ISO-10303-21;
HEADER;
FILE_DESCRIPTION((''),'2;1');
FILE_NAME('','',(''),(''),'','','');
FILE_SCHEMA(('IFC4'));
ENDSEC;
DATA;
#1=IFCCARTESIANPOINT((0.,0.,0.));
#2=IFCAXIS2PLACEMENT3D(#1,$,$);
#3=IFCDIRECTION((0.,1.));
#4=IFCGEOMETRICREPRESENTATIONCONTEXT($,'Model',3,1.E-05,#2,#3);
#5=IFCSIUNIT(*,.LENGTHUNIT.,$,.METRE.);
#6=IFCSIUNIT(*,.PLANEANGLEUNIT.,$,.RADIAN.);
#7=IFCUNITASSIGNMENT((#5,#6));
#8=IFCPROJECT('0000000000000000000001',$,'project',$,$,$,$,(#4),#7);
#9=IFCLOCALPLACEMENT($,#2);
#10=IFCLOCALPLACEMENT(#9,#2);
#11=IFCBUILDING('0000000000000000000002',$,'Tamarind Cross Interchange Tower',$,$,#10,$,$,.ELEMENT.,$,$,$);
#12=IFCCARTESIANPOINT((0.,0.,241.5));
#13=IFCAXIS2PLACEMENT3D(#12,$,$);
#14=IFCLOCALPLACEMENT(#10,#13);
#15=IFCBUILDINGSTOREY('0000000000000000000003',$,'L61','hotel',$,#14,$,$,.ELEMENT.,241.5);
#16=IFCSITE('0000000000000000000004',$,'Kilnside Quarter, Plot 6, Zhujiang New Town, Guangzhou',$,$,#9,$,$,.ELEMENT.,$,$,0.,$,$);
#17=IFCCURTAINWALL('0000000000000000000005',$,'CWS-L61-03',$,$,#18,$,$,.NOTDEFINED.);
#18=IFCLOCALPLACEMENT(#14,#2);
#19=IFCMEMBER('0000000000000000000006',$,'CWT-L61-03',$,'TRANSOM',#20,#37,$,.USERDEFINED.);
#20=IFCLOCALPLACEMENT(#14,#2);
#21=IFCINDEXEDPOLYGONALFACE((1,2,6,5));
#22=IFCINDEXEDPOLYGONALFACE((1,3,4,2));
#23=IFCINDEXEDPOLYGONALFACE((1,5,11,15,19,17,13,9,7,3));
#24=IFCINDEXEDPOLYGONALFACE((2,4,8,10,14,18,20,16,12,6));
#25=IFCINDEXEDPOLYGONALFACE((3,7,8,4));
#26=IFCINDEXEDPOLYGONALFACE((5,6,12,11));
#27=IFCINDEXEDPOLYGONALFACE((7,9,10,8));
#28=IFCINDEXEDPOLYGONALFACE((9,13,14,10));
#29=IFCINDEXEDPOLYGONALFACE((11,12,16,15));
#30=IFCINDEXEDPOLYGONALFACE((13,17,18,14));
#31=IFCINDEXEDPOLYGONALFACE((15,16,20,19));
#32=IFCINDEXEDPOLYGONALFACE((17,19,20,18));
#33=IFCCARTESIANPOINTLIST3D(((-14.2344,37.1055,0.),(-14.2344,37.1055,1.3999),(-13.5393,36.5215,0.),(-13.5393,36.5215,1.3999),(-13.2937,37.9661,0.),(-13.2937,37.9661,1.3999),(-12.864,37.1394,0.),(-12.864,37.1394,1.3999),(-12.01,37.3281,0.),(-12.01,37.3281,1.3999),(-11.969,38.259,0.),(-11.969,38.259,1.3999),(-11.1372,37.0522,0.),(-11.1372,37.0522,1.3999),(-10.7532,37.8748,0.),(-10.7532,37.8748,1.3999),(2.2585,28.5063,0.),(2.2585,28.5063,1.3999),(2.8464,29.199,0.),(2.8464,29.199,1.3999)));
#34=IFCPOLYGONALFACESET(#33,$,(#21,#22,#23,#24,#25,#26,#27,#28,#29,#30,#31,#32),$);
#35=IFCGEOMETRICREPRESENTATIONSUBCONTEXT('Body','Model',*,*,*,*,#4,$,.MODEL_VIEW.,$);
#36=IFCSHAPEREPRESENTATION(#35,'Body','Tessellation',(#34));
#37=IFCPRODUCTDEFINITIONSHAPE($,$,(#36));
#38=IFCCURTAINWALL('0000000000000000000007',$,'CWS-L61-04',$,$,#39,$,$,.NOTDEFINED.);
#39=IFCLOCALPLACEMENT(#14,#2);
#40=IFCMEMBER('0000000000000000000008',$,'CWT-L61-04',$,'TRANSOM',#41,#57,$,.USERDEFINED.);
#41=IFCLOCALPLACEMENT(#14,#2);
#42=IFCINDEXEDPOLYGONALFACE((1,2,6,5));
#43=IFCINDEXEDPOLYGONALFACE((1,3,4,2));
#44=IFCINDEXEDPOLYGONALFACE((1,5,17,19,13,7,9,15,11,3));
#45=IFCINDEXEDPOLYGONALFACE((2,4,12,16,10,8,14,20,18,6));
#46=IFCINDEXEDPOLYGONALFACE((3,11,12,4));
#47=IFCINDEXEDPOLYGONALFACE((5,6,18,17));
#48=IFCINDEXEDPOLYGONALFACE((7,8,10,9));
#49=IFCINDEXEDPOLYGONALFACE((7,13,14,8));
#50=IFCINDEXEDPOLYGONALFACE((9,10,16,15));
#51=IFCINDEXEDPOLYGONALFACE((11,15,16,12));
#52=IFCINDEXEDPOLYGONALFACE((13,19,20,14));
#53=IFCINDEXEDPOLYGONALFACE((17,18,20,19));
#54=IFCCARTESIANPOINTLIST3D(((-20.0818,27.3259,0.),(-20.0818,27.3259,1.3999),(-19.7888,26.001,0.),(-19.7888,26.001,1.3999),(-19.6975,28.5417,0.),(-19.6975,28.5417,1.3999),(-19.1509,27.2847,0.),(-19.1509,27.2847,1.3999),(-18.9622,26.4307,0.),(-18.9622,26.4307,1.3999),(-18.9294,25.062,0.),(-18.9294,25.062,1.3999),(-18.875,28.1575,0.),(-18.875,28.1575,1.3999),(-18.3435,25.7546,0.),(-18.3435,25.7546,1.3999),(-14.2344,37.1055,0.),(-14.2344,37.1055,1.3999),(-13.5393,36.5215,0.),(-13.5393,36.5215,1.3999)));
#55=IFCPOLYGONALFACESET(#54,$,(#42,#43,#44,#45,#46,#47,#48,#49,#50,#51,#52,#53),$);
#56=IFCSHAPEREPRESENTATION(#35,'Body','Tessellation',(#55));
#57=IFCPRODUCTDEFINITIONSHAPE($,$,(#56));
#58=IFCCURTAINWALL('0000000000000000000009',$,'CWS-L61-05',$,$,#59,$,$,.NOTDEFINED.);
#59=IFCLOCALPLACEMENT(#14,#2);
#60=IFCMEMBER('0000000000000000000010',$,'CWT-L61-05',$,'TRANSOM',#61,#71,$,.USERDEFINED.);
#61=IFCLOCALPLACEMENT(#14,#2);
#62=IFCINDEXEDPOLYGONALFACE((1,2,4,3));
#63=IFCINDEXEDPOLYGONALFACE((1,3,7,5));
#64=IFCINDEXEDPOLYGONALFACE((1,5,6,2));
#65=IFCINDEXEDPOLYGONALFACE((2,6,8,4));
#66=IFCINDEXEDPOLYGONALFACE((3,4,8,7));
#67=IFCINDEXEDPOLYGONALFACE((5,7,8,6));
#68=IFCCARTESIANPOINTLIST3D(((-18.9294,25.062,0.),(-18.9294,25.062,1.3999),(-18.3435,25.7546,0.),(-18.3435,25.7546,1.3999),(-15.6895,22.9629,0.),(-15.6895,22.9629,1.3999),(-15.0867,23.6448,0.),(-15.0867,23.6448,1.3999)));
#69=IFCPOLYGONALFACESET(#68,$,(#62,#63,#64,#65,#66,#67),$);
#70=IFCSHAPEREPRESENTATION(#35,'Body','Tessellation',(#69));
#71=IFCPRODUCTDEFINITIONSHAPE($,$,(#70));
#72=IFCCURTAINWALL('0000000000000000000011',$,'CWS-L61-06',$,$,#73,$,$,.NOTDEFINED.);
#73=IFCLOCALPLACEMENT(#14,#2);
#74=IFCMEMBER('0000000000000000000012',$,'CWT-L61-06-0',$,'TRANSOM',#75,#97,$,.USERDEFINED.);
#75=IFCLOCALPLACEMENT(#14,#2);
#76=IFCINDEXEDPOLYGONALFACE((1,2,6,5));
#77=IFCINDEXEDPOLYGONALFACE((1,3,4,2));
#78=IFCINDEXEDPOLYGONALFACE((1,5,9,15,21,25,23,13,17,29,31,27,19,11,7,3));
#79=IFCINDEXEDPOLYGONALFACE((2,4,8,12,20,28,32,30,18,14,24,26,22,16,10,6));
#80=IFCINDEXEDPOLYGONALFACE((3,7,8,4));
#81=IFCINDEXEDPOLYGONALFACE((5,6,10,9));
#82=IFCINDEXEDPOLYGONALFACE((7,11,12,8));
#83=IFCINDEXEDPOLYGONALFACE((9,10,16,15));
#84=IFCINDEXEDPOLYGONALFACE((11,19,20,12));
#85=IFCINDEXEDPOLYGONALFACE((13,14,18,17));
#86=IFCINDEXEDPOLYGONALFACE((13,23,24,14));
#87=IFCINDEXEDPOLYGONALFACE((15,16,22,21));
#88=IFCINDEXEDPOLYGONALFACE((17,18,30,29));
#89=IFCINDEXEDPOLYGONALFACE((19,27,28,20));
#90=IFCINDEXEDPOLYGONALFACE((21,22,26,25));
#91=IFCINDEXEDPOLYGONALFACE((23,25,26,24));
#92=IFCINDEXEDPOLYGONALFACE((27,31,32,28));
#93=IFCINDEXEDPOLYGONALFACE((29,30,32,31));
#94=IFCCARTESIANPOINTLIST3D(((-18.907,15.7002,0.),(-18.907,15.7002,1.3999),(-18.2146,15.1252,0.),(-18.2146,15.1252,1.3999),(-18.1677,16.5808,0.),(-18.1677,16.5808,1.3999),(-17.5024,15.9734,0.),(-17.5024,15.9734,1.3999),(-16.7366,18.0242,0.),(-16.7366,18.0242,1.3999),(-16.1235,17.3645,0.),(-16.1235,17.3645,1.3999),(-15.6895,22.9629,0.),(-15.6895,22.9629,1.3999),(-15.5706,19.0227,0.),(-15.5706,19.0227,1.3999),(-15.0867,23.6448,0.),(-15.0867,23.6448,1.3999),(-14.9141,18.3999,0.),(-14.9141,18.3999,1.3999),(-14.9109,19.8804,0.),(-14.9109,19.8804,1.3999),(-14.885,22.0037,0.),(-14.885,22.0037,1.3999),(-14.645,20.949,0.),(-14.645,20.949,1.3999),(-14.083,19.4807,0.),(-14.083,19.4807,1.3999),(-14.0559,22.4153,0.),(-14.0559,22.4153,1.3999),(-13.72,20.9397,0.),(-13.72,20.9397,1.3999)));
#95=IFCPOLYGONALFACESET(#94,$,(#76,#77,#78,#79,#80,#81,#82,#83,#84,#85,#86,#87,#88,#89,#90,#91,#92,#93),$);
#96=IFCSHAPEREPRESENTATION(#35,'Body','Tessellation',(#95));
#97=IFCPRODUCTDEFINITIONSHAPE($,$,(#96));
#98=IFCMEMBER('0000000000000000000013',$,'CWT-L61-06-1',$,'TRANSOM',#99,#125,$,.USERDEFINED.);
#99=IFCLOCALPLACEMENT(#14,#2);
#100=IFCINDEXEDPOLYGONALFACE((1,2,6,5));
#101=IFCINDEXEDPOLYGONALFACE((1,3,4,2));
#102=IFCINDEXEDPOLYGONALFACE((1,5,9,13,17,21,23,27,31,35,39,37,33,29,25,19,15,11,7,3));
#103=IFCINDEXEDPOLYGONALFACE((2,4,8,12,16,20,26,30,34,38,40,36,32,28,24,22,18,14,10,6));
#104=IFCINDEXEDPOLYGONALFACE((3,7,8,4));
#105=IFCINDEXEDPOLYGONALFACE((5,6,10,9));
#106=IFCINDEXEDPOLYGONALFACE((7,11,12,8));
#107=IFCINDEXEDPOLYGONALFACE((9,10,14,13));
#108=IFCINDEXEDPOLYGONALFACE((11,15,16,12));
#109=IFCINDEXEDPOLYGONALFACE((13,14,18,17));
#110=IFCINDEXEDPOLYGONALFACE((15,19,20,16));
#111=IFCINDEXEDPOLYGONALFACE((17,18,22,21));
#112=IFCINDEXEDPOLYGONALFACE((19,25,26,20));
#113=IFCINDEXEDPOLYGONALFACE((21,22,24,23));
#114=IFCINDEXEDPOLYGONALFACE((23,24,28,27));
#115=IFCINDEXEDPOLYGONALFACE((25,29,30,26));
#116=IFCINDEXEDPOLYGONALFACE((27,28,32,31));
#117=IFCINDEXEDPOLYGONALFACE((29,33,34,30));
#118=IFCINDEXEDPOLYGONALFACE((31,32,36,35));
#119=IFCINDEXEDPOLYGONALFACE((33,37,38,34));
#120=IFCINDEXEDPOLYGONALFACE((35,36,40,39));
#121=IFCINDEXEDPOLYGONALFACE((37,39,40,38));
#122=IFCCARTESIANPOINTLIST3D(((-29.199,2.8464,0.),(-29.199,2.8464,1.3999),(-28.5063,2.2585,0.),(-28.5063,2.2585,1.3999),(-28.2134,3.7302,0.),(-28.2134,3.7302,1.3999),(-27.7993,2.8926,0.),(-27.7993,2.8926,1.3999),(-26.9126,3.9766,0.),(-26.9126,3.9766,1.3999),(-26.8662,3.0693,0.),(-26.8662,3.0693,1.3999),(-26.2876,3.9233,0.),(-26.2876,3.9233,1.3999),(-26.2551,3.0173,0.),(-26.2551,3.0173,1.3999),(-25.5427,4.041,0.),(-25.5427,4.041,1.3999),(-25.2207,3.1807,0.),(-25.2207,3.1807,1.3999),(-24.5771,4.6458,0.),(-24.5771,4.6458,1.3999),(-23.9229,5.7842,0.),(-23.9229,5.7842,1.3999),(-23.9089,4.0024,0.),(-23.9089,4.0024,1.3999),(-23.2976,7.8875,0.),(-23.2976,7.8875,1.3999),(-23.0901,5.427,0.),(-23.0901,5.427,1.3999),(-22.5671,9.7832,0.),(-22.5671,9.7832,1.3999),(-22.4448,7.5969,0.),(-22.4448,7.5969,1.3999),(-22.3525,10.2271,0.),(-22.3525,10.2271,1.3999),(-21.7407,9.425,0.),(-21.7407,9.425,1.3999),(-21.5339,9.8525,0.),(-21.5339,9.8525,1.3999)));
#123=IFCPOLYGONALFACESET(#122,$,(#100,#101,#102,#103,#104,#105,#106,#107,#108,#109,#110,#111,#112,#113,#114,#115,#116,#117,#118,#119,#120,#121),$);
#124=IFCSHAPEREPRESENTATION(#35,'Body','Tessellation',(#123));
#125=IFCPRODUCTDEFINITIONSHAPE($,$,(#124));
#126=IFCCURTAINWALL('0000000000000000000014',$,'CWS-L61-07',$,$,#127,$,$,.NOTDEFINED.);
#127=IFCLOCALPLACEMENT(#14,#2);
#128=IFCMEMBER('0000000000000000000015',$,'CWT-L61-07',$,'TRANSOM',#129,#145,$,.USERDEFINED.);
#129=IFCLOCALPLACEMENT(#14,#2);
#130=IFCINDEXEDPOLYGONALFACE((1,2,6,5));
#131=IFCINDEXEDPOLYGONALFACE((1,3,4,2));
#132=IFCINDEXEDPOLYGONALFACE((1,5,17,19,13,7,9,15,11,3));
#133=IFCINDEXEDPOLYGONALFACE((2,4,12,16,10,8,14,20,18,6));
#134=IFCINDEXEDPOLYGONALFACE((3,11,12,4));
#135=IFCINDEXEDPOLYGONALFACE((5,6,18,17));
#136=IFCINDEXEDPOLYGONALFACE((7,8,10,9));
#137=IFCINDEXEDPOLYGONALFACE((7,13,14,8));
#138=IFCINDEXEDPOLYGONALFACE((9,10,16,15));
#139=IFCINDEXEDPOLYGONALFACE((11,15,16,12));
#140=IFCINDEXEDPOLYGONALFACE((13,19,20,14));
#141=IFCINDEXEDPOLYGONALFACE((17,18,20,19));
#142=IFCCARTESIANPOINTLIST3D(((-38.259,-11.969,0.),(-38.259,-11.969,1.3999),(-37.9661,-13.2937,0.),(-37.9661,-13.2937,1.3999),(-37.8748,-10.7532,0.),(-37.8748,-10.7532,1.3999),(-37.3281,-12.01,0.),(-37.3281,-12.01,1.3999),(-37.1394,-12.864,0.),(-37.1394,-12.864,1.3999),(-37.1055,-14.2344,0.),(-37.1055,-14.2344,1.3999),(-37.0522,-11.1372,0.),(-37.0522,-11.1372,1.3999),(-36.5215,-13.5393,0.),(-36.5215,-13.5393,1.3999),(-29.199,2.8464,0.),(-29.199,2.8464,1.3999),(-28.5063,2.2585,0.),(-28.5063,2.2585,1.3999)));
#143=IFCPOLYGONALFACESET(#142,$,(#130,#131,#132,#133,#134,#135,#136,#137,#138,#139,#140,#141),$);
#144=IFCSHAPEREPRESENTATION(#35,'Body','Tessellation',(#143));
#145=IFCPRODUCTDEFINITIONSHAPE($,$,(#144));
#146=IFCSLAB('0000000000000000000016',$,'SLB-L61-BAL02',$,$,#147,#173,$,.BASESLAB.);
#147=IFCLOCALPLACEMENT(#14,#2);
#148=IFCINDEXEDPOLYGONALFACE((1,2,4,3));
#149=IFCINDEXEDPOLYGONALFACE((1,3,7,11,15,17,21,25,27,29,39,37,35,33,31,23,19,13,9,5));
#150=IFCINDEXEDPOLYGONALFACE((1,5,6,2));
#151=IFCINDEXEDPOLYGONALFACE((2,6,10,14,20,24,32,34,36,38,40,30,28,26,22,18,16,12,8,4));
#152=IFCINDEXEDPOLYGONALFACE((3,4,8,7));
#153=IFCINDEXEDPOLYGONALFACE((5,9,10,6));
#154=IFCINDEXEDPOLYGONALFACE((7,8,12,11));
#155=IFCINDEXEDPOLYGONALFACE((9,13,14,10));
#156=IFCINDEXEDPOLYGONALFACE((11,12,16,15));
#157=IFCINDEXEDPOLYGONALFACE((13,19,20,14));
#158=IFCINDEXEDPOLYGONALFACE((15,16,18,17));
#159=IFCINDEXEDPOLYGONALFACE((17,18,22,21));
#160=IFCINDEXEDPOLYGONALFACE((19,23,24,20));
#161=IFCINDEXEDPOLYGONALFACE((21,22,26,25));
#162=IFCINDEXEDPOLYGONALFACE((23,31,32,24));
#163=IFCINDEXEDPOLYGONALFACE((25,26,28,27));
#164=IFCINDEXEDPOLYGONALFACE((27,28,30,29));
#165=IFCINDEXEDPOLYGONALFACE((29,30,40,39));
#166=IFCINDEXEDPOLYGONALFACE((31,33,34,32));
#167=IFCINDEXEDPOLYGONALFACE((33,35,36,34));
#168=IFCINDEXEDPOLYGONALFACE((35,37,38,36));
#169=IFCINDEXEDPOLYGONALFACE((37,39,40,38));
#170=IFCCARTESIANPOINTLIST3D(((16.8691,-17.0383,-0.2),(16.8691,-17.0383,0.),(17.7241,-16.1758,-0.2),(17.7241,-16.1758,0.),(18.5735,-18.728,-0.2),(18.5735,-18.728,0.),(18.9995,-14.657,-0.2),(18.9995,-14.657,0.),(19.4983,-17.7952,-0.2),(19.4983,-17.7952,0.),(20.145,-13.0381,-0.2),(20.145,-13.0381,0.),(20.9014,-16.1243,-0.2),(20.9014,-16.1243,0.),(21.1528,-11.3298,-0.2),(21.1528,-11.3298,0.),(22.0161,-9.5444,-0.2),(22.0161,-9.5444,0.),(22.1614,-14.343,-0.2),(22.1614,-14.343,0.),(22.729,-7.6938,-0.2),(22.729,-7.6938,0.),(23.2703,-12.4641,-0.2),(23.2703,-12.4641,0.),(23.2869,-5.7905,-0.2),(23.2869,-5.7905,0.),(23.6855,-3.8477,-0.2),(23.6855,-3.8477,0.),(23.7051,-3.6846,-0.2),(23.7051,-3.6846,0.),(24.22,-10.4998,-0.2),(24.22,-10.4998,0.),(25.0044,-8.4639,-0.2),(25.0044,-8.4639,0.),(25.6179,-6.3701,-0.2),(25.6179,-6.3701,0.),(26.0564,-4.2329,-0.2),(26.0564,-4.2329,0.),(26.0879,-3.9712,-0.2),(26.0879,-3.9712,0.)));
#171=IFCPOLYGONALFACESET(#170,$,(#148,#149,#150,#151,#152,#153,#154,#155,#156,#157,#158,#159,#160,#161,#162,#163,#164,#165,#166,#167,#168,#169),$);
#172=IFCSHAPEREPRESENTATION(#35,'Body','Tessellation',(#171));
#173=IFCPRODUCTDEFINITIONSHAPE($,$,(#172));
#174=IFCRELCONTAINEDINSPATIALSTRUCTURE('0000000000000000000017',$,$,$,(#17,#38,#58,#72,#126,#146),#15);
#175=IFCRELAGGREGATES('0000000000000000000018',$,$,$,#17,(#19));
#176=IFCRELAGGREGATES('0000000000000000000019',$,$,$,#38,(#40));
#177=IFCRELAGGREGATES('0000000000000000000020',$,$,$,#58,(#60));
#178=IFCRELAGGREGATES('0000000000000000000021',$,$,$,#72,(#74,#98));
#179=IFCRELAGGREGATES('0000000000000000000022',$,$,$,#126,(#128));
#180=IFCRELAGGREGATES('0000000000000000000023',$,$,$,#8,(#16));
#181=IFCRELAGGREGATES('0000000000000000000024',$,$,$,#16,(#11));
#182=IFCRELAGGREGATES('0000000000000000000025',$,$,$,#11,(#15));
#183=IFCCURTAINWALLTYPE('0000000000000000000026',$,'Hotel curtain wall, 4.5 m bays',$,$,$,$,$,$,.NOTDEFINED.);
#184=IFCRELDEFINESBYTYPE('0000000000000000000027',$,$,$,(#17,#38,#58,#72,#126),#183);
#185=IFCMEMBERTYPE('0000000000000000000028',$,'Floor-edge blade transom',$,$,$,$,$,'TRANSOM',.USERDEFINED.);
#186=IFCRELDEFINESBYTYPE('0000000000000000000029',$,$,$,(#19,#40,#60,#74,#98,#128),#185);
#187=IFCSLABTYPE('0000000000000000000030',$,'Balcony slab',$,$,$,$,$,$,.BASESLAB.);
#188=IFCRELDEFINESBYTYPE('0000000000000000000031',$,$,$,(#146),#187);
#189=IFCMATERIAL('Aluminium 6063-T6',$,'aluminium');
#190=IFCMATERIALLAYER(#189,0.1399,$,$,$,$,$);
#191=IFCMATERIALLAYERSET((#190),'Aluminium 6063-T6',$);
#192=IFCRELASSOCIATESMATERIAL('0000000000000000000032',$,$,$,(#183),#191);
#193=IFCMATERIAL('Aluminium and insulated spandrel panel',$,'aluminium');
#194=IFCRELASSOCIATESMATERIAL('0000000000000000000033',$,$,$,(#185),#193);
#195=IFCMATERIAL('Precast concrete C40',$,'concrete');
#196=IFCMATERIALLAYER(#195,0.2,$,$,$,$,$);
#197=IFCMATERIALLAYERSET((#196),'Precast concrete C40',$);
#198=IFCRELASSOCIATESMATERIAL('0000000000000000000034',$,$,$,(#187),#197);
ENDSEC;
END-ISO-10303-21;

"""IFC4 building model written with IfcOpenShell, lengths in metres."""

from ifc_helpers import new_model, si_unit, direction, frame, origin, place, context, subcontext, project, spatial, polyline, outline, extrude, material, layer, layer_set, type_object, element, aggregate, save


model = new_model("IFC4")

# Units and contexts
model_context = context("Model", 3, precision=1e-05, world=origin(), true_north=direction((0.0, 1.0)))
body_context = subcontext(model_context, "Body", "Model", "MODEL_VIEW")
ifc_project = project(units=[si_unit("LENGTHUNIT", "METRE"), si_unit("PLANEANGLEUNIT", "RADIAN")], contexts=[model_context])

# Site, building, storey
site_placement = place(None, origin())
site = spatial("IfcSite", under=ifc_project, at=site_placement, Name="Kilnside Quarter, Plot 6, Zhujiang New Town, Guangzhou", CompositionType="ELEMENT", RefElevation=0.0)
building_placement = place(site_placement, origin())
building = spatial("IfcBuilding", under=site, at=building_placement, Name="Tamarind Cross Interchange Tower", CompositionType="ELEMENT")
storey_placement = place(building_placement, frame((0.0, 0.0, 241.5)))
storey = spatial("IfcBuildingStorey", under=building, at=storey_placement, Name="L61", Description="hotel", CompositionType="ELEMENT", Elevation=241.5)

# Curtain walls, members
ifc_material_1 = material(Name="Aluminium 6063-T6", Category="aluminium")
ifc_layer_1 = layer(ifc_material_1, 0.1399)
ifc_layer_set_1 = layer_set([ifc_layer_1], Name="Aluminium 6063-T6")
curtain_wall_type = type_object("IfcCurtainWallType", Name="Hotel curtain wall, 4.5 m bays", PredefinedType="NOTDEFINED", material=ifc_layer_set_1)
curtain_wall_1_placement = place(storey_placement, origin())
curtain_wall_1 = element("IfcCurtainWall", 1, at=curtain_wall_1_placement, inside=storey, type_object=curtain_wall_type, Name="CWS-L61-03", PredefinedType="NOTDEFINED")
ifc_material_2 = material(Name="Aluminium and insulated spandrel panel", Category="aluminium")
member_type = type_object("IfcMemberType", Name="Floor-edge blade transom", ElementType="TRANSOM", PredefinedType="USERDEFINED", material=ifc_material_2)
member_1_placement = place(storey_placement, origin())
member_1 = element("IfcMember", 2, at=member_1_placement, type_object=member_type, Name="CWT-L61-03", ObjectType="TRANSOM", PredefinedType="USERDEFINED", context=body_context, shape_type="SweptSolid", body=[
    extrude(outline(polyline([(2.2585, 28.5063), (-11.1372, 37.0522), (-12.01, 37.3281), (-12.864, 37.1394), (-13.5393, 36.5215), (-14.2344, 37.1055), (-13.2937, 37.9661), (-11.969, 38.259), (-10.7532, 37.8748), (2.8464, 29.199), (2.2585, 28.5063)])), origin(), (0.0, 0.0, 1.0), 1.3999),
])
aggregate(curtain_wall_1, [member_1])
curtain_wall_2_placement = place(storey_placement, origin())
curtain_wall_2 = element("IfcCurtainWall", 3, at=curtain_wall_2_placement, inside=storey, type_object=curtain_wall_type, Name="CWS-L61-04", PredefinedType="NOTDEFINED")
member_2_placement = place(storey_placement, origin())
member_2 = element("IfcMember", 4, at=member_2_placement, type_object=member_type, Name="CWT-L61-04", ObjectType="TRANSOM", PredefinedType="USERDEFINED", context=body_context, shape_type="SweptSolid", body=[
    extrude(outline(polyline([(-13.5393, 36.5215), (-18.875, 28.1575), (-19.1509, 27.2847), (-18.9622, 26.4307), (-18.3435, 25.7546), (-18.9294, 25.062), (-19.7888, 26.001), (-20.0818, 27.3259), (-19.6975, 28.5417), (-14.2344, 37.1055), (-13.5393, 36.5215)])), origin(), (0.0, 0.0, 1.0), 1.3999),
])
aggregate(curtain_wall_2, [member_2])
curtain_wall_3_placement = place(storey_placement, origin())
curtain_wall_3 = element("IfcCurtainWall", 5, at=curtain_wall_3_placement, inside=storey, type_object=curtain_wall_type, Name="CWS-L61-05", PredefinedType="NOTDEFINED")
member_3_placement = place(storey_placement, origin())
member_3 = element("IfcMember", 6, at=member_3_placement, type_object=member_type, Name="CWT-L61-05", ObjectType="TRANSOM", PredefinedType="USERDEFINED", context=body_context, shape_type="SweptSolid", body=[
    extrude(outline(polyline([(-18.3435, 25.7546), (-15.0867, 23.6448), (-15.6895, 22.9629), (-18.9294, 25.062), (-18.3435, 25.7546)])), origin(), (0.0, 0.0, 1.0), 1.3999),
])
aggregate(curtain_wall_3, [member_3])

# Curtain wall, members
curtain_wall_4_placement = place(storey_placement, origin())
curtain_wall_4 = element("IfcCurtainWall", 7, at=curtain_wall_4_placement, inside=storey, type_object=curtain_wall_type, Name="CWS-L61-06", PredefinedType="NOTDEFINED")
member_4_placement = place(storey_placement, origin())
member_4 = element("IfcMember", 8, at=member_4_placement, type_object=member_type, Name="CWT-L61-06-0", ObjectType="TRANSOM", PredefinedType="USERDEFINED", context=body_context, shape_type="SweptSolid", body=[
    extrude(outline(polyline([(-15.0867, 23.6448), (-14.0559, 22.4153), (-13.72, 20.9397), (-14.083, 19.4807), (-14.9141, 18.3999), (-16.1235, 17.3645), (-17.5024, 15.9734), (-18.2146, 15.1252), (-18.907, 15.7002), (-18.1677, 16.5808), (-16.7366, 18.0242), (-15.5706, 19.0227), (-14.9109, 19.8804), (-14.645, 20.949), (-14.885, 22.0037), (-15.6895, 22.9629), (-15.0867, 23.6448)])), origin(), (0.0, 0.0, 1.0), 1.3999),
])
member_5_placement = place(storey_placement, origin())
member_5 = element("IfcMember", 9, at=member_5_placement, type_object=member_type, Name="CWT-L61-06-1", ObjectType="TRANSOM", PredefinedType="USERDEFINED", context=body_context, shape_type="SweptSolid", body=[
    extrude(outline(polyline([(-21.5339, 9.8525), (-21.7407, 9.425), (-22.4448, 7.5969), (-23.0901, 5.427), (-23.9089, 4.0024), (-25.2207, 3.1807), (-26.2551, 3.0173), (-26.8662, 3.0693), (-27.7993, 2.8926), (-28.5063, 2.2585), (-29.199, 2.8464), (-28.2134, 3.7302), (-26.9126, 3.9766), (-26.2876, 3.9233), (-25.5427, 4.041), (-24.5771, 4.6458), (-23.9229, 5.7842), (-23.2976, 7.8875), (-22.5671, 9.7832), (-22.3525, 10.2271), (-21.5339, 9.8525)])), origin(), (0.0, 0.0, 1.0), 1.3999),
])
aggregate(curtain_wall_4, [member_4, member_5])

# Curtain wall, member
curtain_wall_5_placement = place(storey_placement, origin())
curtain_wall_5 = element("IfcCurtainWall", 10, at=curtain_wall_5_placement, inside=storey, type_object=curtain_wall_type, Name="CWS-L61-07", PredefinedType="NOTDEFINED")
member_6_placement = place(storey_placement, origin())
member_6 = element("IfcMember", 11, at=member_6_placement, type_object=member_type, Name="CWT-L61-07", ObjectType="TRANSOM", PredefinedType="USERDEFINED", context=body_context, shape_type="SweptSolid", body=[
    extrude(outline(polyline([(-28.5063, 2.2585), (-37.0522, -11.1372), (-37.3281, -12.01), (-37.1394, -12.864), (-36.5215, -13.5393), (-37.1055, -14.2344), (-37.9661, -13.2937), (-38.259, -11.969), (-37.8748, -10.7532), (-29.199, 2.8464), (-28.5063, 2.2585)])), origin(), (0.0, 0.0, 1.0), 1.3999),
])
aggregate(curtain_wall_5, [member_6])

# Slab
ifc_material_3 = material(Name="Precast concrete C40", Category="concrete")
ifc_layer_2 = layer(ifc_material_3, 0.2)
ifc_layer_set_2 = layer_set([ifc_layer_2], Name="Precast concrete C40")
slab_type = type_object("IfcSlabType", Name="Balcony slab", PredefinedType="BASESLAB", material=ifc_layer_set_2)
slab_1_placement = place(storey_placement, frame((0.0, 0.0, -0.2)))
element("IfcSlab", 12, at=slab_1_placement, inside=storey, type_object=slab_type, Name="SLB-L61-BAL02", PredefinedType="BASESLAB", context=body_context, shape_type="SweptSolid", body=[
    extrude(outline(polyline([(16.8691, -17.0383), (17.7241, -16.1758), (18.9995, -14.657), (20.145, -13.0381), (21.1528, -11.3298), (22.0161, -9.5444), (22.729, -7.6938), (23.2869, -5.7905), (23.6855, -3.8477), (23.7051, -3.6846), (26.0879, -3.9712), (26.0564, -4.2329), (25.6179, -6.3701), (25.0044, -8.4639), (24.22, -10.4998), (23.2703, -12.4641), (22.1614, -14.343), (20.9014, -16.1243), (19.4983, -17.7952), (18.5735, -18.728), (16.8691, -17.0383)])), origin(), (0.0, 0.0, 1.0), 0.2),
])

save(model, "model.ifc")
